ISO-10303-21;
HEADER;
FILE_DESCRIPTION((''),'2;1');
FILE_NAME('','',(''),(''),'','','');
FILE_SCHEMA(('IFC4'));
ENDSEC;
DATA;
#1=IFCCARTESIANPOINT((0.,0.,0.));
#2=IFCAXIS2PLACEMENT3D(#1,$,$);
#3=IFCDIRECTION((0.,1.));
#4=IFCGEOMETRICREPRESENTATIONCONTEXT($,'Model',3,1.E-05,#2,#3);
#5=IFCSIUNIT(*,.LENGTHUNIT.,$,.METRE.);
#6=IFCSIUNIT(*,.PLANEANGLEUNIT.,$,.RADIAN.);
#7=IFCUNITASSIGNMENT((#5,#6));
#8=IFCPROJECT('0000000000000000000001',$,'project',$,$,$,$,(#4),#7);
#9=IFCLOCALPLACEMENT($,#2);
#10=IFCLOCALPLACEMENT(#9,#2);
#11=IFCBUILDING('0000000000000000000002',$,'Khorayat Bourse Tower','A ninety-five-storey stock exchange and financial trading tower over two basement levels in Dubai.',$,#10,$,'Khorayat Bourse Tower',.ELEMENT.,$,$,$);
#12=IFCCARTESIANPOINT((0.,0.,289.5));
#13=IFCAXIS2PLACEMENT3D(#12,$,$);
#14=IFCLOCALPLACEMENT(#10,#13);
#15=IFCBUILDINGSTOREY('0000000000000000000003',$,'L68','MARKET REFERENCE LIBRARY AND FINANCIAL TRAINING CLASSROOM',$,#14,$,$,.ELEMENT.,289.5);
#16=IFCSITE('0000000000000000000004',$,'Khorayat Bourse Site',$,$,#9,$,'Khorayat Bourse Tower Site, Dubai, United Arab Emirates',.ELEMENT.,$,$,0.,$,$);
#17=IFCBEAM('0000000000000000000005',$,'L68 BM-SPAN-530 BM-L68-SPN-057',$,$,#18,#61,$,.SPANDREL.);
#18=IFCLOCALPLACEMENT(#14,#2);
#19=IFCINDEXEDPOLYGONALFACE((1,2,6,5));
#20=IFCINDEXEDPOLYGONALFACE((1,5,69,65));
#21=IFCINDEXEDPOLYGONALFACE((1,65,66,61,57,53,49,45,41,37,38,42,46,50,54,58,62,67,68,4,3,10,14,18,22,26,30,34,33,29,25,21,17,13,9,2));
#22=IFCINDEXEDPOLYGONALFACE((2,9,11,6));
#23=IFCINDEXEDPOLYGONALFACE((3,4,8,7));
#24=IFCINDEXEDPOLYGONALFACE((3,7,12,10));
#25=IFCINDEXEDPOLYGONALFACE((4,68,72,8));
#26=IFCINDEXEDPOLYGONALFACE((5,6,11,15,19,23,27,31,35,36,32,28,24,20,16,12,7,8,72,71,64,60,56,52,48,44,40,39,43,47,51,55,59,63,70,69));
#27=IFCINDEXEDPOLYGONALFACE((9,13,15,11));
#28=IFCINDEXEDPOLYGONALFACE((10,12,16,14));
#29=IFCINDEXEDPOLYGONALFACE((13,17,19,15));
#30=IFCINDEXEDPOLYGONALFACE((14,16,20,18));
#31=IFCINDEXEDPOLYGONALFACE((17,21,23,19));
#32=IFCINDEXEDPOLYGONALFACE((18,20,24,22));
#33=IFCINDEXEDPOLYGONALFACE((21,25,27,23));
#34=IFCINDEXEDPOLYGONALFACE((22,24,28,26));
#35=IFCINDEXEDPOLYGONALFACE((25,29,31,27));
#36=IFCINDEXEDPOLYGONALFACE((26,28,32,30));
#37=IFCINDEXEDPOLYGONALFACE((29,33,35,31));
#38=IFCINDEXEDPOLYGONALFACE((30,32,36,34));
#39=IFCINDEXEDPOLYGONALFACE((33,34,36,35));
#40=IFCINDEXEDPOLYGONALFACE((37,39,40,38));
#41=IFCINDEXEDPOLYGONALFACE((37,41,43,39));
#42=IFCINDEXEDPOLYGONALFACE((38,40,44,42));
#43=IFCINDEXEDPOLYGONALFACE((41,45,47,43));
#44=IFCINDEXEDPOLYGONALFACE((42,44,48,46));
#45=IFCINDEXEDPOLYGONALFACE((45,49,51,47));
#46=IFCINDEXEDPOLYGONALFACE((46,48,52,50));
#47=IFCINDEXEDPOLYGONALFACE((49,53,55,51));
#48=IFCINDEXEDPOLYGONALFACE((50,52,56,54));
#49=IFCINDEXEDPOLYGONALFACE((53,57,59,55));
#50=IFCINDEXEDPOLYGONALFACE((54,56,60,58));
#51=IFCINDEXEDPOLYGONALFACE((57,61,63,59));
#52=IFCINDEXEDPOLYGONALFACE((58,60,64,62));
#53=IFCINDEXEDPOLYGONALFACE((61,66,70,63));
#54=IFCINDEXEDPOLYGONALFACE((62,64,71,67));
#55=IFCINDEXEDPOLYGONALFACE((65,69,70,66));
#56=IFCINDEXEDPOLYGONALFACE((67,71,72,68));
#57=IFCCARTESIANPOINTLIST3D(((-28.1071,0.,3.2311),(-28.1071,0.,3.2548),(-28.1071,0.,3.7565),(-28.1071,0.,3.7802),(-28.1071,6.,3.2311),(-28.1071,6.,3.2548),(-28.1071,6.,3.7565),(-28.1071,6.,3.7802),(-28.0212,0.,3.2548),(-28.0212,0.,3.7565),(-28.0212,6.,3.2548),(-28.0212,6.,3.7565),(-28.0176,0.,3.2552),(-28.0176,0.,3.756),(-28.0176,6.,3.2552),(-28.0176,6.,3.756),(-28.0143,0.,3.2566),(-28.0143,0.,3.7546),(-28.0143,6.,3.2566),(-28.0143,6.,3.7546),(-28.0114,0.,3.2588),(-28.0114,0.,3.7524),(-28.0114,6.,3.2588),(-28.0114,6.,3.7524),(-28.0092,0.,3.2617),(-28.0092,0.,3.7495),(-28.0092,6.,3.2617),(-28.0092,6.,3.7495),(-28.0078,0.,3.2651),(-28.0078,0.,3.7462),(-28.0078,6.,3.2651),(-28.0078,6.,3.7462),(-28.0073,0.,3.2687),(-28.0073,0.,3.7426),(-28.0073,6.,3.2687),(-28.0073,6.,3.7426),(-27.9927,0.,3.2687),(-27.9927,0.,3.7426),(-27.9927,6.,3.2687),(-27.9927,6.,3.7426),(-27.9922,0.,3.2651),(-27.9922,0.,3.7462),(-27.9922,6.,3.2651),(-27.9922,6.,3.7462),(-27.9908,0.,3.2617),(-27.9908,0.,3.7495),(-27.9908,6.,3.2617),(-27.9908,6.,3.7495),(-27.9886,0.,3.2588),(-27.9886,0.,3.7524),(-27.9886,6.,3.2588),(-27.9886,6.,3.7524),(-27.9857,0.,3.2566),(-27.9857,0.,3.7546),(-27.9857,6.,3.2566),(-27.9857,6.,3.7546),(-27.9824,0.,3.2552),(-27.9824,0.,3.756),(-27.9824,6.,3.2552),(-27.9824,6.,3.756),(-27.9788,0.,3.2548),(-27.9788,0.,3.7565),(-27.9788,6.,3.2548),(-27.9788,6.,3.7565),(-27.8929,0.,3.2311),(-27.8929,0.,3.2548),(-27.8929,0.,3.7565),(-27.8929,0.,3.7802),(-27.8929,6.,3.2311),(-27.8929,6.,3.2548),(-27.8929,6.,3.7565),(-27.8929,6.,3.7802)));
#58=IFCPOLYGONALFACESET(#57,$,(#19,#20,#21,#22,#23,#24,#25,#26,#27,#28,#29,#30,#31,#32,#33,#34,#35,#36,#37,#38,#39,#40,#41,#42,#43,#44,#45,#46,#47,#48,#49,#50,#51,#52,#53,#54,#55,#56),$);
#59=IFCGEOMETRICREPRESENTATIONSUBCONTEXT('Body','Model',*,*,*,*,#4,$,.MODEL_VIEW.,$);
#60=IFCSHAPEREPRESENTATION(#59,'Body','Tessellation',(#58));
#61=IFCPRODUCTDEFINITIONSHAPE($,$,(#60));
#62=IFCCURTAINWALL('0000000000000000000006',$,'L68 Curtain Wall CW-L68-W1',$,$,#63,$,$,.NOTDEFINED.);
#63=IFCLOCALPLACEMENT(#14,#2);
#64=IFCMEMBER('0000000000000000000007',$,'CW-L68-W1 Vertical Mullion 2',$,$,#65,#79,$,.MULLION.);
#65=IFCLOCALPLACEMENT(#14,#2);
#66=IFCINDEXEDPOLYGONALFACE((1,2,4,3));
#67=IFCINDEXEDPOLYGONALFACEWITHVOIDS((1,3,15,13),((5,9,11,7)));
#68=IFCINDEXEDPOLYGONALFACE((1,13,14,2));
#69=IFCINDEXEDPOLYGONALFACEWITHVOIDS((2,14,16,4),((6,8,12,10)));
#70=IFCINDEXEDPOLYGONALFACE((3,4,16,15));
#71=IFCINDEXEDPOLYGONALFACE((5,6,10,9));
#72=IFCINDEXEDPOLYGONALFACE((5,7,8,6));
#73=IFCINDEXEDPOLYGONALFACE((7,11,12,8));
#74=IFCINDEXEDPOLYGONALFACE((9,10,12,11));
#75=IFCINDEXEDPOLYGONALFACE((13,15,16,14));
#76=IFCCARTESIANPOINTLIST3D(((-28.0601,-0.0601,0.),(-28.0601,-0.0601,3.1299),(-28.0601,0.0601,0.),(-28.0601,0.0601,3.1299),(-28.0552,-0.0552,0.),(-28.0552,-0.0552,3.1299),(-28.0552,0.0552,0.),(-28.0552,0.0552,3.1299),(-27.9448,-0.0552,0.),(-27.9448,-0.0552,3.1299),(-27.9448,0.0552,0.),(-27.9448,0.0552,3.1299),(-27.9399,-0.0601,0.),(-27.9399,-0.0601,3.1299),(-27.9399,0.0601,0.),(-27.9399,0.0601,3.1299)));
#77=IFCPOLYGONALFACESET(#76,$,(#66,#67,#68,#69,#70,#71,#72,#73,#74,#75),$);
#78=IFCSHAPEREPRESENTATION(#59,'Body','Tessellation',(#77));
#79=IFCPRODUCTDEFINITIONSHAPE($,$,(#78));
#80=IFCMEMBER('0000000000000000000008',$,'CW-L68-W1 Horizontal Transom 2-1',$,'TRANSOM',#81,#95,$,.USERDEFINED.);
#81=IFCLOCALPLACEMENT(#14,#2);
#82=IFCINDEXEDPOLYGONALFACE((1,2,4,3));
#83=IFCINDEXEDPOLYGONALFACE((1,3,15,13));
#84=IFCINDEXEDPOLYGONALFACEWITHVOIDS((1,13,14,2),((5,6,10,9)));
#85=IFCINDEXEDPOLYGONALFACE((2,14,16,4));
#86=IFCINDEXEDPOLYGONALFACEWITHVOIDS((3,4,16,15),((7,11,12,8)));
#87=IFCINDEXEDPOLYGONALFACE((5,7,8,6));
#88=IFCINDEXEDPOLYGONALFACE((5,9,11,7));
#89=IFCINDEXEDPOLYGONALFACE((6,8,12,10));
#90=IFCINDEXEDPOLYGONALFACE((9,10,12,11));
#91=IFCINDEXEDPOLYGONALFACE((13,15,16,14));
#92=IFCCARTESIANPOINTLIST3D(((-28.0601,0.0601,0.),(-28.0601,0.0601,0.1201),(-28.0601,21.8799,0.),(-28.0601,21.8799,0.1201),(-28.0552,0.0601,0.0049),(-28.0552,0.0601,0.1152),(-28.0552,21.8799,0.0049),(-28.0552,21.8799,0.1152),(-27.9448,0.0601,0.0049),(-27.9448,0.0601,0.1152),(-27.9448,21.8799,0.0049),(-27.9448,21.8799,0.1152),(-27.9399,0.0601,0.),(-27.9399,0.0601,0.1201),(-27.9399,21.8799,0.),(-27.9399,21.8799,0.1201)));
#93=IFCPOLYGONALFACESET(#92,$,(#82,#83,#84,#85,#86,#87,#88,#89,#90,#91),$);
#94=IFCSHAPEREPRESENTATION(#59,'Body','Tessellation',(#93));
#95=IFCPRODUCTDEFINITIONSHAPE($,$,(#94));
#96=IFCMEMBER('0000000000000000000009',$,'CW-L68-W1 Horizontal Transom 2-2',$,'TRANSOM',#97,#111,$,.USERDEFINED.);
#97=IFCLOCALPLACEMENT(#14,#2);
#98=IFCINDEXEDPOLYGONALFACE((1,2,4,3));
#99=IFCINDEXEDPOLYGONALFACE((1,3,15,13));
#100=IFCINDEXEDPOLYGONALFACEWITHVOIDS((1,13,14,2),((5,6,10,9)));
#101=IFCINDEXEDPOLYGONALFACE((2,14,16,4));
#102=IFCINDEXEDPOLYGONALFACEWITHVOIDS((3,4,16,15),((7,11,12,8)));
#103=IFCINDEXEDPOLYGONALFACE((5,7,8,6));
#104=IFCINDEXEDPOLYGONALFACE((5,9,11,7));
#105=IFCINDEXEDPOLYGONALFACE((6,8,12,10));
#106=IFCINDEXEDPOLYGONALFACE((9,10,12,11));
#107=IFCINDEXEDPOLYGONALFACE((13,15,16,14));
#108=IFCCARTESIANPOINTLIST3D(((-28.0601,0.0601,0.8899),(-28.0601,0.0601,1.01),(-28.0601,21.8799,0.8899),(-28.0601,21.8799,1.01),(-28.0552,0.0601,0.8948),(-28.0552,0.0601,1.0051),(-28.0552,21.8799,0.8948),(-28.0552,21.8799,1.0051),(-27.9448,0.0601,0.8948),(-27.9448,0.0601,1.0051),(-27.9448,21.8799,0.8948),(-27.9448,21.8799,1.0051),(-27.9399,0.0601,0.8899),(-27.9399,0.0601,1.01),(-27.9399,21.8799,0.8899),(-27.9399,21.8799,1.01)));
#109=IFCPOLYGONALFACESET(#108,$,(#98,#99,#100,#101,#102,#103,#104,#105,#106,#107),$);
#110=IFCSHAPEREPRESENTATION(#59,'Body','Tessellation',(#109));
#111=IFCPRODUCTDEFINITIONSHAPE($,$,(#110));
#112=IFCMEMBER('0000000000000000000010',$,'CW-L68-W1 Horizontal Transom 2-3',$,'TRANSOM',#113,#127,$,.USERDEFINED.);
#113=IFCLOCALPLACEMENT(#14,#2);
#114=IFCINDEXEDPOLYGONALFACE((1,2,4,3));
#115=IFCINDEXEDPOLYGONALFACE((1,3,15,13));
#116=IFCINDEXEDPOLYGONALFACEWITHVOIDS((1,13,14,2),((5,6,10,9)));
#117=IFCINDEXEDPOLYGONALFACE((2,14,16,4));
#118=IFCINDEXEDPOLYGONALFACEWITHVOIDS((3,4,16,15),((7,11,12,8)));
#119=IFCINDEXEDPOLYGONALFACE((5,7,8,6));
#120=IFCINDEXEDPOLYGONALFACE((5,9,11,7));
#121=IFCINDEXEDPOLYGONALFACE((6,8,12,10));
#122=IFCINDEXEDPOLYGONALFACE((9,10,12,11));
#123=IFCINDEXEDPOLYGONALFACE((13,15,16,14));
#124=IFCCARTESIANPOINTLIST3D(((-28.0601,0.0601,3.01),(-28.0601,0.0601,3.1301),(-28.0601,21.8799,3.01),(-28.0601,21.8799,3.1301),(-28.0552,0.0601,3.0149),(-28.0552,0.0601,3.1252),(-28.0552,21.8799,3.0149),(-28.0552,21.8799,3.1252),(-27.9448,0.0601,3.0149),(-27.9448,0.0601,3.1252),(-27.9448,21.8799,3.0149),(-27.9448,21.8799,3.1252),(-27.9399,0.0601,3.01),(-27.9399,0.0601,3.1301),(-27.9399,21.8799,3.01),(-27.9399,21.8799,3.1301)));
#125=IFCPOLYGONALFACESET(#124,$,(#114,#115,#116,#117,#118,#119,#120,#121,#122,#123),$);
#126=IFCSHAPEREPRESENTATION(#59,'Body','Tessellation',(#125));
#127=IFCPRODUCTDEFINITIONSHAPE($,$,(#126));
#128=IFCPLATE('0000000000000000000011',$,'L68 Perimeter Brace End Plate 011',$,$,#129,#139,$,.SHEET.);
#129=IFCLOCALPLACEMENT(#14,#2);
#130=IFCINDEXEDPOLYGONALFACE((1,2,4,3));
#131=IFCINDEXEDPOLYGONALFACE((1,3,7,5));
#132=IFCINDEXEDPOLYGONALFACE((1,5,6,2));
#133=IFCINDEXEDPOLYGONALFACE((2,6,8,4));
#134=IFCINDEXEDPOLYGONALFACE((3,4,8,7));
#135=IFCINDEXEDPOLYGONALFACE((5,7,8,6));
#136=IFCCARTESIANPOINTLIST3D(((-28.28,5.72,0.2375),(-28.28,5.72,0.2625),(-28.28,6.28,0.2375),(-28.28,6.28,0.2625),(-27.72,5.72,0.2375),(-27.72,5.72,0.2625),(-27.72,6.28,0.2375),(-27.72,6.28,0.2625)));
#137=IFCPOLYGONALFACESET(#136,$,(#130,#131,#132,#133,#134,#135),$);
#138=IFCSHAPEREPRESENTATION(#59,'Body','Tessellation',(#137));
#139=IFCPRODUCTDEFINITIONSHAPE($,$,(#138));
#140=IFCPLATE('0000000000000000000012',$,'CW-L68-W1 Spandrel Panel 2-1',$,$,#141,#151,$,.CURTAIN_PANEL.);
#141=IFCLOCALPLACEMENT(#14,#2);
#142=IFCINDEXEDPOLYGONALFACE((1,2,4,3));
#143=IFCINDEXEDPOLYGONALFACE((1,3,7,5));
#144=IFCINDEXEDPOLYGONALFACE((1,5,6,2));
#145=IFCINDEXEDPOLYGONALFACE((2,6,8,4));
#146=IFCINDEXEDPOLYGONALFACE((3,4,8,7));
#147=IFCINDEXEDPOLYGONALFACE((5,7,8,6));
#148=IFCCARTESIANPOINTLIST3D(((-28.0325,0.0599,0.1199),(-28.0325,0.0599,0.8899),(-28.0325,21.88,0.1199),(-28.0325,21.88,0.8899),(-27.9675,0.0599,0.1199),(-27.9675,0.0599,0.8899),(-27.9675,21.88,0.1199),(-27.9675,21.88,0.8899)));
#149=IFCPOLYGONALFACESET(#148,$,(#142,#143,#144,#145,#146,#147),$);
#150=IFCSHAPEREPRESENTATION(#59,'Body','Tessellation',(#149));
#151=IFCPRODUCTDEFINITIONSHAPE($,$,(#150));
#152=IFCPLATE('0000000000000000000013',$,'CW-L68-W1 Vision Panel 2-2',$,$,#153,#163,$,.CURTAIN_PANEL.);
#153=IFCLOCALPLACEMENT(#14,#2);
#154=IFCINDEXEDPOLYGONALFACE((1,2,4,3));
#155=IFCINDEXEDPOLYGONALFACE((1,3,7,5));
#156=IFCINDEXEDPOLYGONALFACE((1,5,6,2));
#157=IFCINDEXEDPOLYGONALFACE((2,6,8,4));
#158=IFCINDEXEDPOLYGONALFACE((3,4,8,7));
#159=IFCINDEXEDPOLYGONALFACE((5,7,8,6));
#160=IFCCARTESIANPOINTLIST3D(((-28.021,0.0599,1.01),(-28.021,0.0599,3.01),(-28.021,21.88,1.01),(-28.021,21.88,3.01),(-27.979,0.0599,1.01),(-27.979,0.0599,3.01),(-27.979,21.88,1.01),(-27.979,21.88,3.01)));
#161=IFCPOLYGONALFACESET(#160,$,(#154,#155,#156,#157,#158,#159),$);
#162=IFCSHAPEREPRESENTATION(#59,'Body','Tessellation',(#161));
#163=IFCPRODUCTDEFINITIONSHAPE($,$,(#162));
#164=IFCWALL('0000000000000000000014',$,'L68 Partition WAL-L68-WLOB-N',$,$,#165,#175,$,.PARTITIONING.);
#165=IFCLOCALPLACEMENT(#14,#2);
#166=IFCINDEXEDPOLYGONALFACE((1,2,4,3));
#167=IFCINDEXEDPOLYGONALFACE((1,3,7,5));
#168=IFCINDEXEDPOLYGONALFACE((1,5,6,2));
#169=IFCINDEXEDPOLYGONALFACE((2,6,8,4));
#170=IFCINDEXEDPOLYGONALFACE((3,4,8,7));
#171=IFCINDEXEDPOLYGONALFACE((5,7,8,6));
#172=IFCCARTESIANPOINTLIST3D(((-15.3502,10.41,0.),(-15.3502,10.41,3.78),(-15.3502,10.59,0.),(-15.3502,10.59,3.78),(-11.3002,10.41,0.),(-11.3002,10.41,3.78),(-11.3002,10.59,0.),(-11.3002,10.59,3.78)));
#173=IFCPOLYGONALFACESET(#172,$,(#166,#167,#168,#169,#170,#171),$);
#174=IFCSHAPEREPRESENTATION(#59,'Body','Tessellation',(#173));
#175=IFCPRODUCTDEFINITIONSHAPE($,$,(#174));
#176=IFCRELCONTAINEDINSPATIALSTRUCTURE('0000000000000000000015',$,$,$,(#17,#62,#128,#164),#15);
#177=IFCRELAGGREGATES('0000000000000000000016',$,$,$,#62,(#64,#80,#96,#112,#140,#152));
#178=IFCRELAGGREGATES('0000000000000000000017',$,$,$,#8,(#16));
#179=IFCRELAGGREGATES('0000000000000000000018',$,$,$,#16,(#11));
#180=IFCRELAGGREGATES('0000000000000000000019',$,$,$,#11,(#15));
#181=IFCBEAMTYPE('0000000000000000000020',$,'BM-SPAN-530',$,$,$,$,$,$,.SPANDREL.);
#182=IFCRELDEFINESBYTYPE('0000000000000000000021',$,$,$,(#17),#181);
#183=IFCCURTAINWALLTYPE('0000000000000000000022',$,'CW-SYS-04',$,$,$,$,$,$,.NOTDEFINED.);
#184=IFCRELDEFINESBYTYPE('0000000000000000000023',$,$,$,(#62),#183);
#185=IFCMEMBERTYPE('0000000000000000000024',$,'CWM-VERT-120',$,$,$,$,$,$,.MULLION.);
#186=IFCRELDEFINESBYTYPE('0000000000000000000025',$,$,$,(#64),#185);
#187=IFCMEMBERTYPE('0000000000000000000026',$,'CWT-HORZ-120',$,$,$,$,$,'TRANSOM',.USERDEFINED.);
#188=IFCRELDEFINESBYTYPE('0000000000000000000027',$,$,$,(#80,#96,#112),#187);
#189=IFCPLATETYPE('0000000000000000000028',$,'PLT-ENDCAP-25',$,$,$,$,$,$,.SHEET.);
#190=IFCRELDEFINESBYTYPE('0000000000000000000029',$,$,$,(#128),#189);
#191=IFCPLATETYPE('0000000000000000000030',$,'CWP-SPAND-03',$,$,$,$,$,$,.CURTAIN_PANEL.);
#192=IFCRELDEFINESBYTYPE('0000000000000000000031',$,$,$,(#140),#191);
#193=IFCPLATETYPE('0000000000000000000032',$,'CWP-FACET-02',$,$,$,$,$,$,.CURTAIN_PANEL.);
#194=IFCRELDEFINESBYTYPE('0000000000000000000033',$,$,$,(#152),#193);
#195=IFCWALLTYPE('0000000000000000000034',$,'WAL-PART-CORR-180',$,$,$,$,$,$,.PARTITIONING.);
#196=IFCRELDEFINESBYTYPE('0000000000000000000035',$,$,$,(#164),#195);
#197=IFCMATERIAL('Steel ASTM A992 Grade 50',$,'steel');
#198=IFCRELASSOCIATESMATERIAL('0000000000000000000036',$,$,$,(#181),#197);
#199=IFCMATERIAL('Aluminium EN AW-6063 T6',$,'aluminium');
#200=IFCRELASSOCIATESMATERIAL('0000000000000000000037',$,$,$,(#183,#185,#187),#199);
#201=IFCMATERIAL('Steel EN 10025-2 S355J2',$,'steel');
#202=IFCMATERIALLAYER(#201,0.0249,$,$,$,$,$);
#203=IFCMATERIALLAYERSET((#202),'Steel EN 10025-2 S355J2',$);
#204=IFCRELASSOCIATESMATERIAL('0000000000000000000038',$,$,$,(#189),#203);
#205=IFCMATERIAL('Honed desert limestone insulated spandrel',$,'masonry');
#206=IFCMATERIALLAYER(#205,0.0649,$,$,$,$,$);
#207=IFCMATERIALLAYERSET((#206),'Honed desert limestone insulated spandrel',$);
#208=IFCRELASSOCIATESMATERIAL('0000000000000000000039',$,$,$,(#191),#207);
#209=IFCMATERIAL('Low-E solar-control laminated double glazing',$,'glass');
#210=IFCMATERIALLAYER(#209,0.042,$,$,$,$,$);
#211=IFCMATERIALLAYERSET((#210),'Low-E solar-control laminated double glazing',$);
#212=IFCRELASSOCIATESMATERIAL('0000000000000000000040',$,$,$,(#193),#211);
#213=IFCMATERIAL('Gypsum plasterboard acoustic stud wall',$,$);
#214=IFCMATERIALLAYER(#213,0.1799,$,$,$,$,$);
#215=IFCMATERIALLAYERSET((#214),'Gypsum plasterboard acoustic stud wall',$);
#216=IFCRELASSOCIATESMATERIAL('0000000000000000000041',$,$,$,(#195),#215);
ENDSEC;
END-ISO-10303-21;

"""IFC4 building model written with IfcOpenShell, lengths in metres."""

from ifc_helpers import new_model, si_unit, direction, frame, frame_2d, origin, origin_2d, place, context, subcontext, project, spatial, rectangle, hollow_rectangle, i_section, extrude, source, transform, mapped, material, layer, layer_set, material_profile, profile_set, type_object, element, aggregate, save


model = new_model("IFC4")

# Units and contexts
model_context = context("Model", 3, precision=1e-05, world=origin(), true_north=direction((0.0, 1.0)))
body_context = subcontext(model_context, "Body", "Model", "MODEL_VIEW")
ifc_project = project(units=[si_unit("LENGTHUNIT", "METRE"), si_unit("PLANEANGLEUNIT", "RADIAN")], contexts=[model_context])

# Site, building, storey
site_placement = place(None, origin())
site = spatial("IfcSite", under=ifc_project, at=site_placement, Name="Khorayat Bourse Site", LongName="Khorayat Bourse Tower Site, Dubai, United Arab Emirates", CompositionType="ELEMENT", RefElevation=0.0)
building_placement = place(site_placement, origin())
building = spatial("IfcBuilding", under=site, at=building_placement, Name="Khorayat Bourse Tower", Description="A ninety-five-storey stock exchange and financial trading tower over two basement levels in Dubai.", LongName="Khorayat Bourse Tower", CompositionType="ELEMENT")
storey_placement = place(building_placement, frame((0.0, 0.0, 289.5)))
storey = spatial("IfcBuildingStorey", under=building, at=storey_placement, Name="L68", Description="MARKET REFERENCE LIBRARY AND FINANCIAL TRAINING CLASSROOM", CompositionType="ELEMENT", Elevation=289.5)

# Beam
ifc_material_1 = material(Name="Steel ASTM A992 Grade 50", Category="steel")
ifc_material_profile_1 = material_profile(ifc_material_1, i_section(OverallWidth=0.2141, OverallDepth=0.5491, WebThickness=0.0146, FlangeThickness=0.0237, FilletRadius=0.0139, at=origin_2d()), Name="W530X138")
ifc_profile_set_1 = profile_set([ifc_material_profile_1], Name="Steel ASTM A992 Grade 50")
beam_type_1 = type_object("IfcBeamType", Name="BM-SPAN-530", PredefinedType="SPANDREL", material=ifc_profile_set_1)
shared_shape_1 = source(origin(), body_context, "Body", "SweptSolid", [
    extrude(i_section(OverallWidth=0.2141, OverallDepth=0.5491, WebThickness=0.0146, FlangeThickness=0.0237, FilletRadius=0.0139, at=origin_2d()), origin(), (0.0, 0.0, 1.0), 6.0),
])
beam_1_placement = place(storey_placement, frame((-28.0, 0.0, 3.5056), z_axis=(0.0, 1.0, 0.0), x_axis=(-1.0, 0.0, 0.0)))
element("IfcBeam", 1, at=beam_1_placement, inside=storey, type_object=beam_type_1, Name="L68 BM-SPAN-530 BM-L68-SPN-057", PredefinedType="SPANDREL", context=body_context, shape_type="MappedRepresentation", body=[
    mapped(shared_shape_1, transform((0.0, 0.0, 0.0), scale=1.0)),
])

# Curtain wall, members
ifc_material_2 = material(Name="Aluminium EN AW-6063 T6", Category="aluminium")
curtain_wall_type = type_object("IfcCurtainWallType", Name="CW-SYS-04", PredefinedType="NOTDEFINED", material=ifc_material_2)
curtain_wall_placement = place(storey_placement, origin())
curtain_wall = element("IfcCurtainWall", 2, at=curtain_wall_placement, inside=storey, type_object=curtain_wall_type, Name="L68 Curtain Wall CW-L68-W1", PredefinedType="NOTDEFINED")
ifc_material_profile_2 = material_profile(ifc_material_2, hollow_rectangle(XDim=0.1201, YDim=0.1201, WallThickness=0.0049, at=origin_2d()), Name="ALU 120x120x5")
ifc_profile_set_2 = profile_set([ifc_material_profile_2], Name="Aluminium EN AW-6063 T6")
member_type_1 = type_object("IfcMemberType", Name="CWM-VERT-120", PredefinedType="MULLION", material=ifc_profile_set_2)
shared_shape_2 = source(origin(), body_context, "Body", "SweptSolid", [
    extrude(hollow_rectangle(XDim=0.1201, YDim=0.1201, WallThickness=0.0049, at=origin_2d()), origin(), (0.0, 0.0, 1.0), 3.1299),
])
member_1_placement = place(storey_placement, frame((-28.0, 0.0, 0.0), z_axis=(0.0, 0.0, 1.0), x_axis=(-1.0, 0.0, 0.0)))
member_1 = element("IfcMember", 3, at=member_1_placement, type_object=member_type_1, Name="CW-L68-W1 Vertical Mullion 2", PredefinedType="MULLION", context=body_context, shape_type="MappedRepresentation", body=[
    mapped(shared_shape_2, transform((0.0, 0.0, 0.0), scale=1.0)),
])
ifc_material_profile_3 = material_profile(ifc_material_2, hollow_rectangle(XDim=0.1201, YDim=0.1201, WallThickness=0.0049, at=origin_2d()), Name="ALU 120x120x5")
ifc_profile_set_3 = profile_set([ifc_material_profile_3], Name="Aluminium EN AW-6063 T6")
member_type_2 = type_object("IfcMemberType", Name="CWT-HORZ-120", ElementType="TRANSOM", PredefinedType="USERDEFINED", material=ifc_profile_set_3)
shared_shape_3 = source(origin(), body_context, "Body", "SweptSolid", [
    extrude(hollow_rectangle(XDim=0.1201, YDim=0.1201, WallThickness=0.0049, at=origin_2d()), origin(), (0.0, 0.0, 1.0), 21.8198),
])
member_2_placement = place(storey_placement, frame((-28.0, 0.0601, 0.0601), z_axis=(0.0, 1.0, 0.0), x_axis=(-1.0, 0.0, 0.0)))
member_2 = element("IfcMember", 4, at=member_2_placement, type_object=member_type_2, Name="CW-L68-W1 Horizontal Transom 2-1", ObjectType="TRANSOM", PredefinedType="USERDEFINED", context=body_context, shape_type="MappedRepresentation", body=[
    mapped(shared_shape_3, transform((0.0, 0.0, 0.0), scale=1.0)),
])
member_3_placement = place(storey_placement, frame((-28.0, 0.0601, 0.95), z_axis=(0.0, 1.0, 0.0), x_axis=(-1.0, 0.0, 0.0)))
member_3 = element("IfcMember", 5, at=member_3_placement, type_object=member_type_2, Name="CW-L68-W1 Horizontal Transom 2-2", ObjectType="TRANSOM", PredefinedType="USERDEFINED", context=body_context, shape_type="MappedRepresentation", body=[
    mapped(shared_shape_3, transform((0.0, 0.0, 0.0), scale=1.0)),
])
member_4_placement = place(storey_placement, frame((-28.0, 0.0601, 3.0701), z_axis=(0.0, 1.0, 0.0), x_axis=(-1.0, 0.0, 0.0)))
member_4 = element("IfcMember", 6, at=member_4_placement, type_object=member_type_2, Name="CW-L68-W1 Horizontal Transom 2-3", ObjectType="TRANSOM", PredefinedType="USERDEFINED", context=body_context, shape_type="MappedRepresentation", body=[
    mapped(shared_shape_3, transform((0.0, 0.0, 0.0), scale=1.0)),
])

# Plates
ifc_material_3 = material(Name="Steel EN 10025-2 S355J2", Category="steel")
ifc_layer_1 = layer(ifc_material_3, 0.0249)
ifc_layer_set_1 = layer_set([ifc_layer_1], Name="Steel EN 10025-2 S355J2")
plate_type_1 = type_object("IfcPlateType", Name="PLT-ENDCAP-25", PredefinedType="SHEET", material=ifc_layer_set_1)
shared_shape_4 = source(origin(), body_context, "Body", "SweptSolid", [
    extrude(rectangle(XDim=0.5601, YDim=0.5601, at=origin_2d()), origin(), (0.0, 0.0, 1.0), 0.0249),
])
plate_1_placement = place(storey_placement, frame((-28.0, 6.0, 0.2375), z_axis=(0.0, 0.0, 1.0), x_axis=(1.0, 0.0, 0.0)))
element("IfcPlate", 7, at=plate_1_placement, inside=storey, type_object=plate_type_1, Name="L68 Perimeter Brace End Plate 011", PredefinedType="SHEET", context=body_context, shape_type="MappedRepresentation", body=[
    mapped(shared_shape_4, transform((0.0, 0.0, 0.0), scale=1.0)),
])
ifc_material_4 = material(Name="Honed desert limestone insulated spandrel", Category="masonry")
ifc_layer_2 = layer(ifc_material_4, 0.0649)
ifc_layer_set_2 = layer_set([ifc_layer_2], Name="Honed desert limestone insulated spandrel")
plate_type_2 = type_object("IfcPlateType", Name="CWP-SPAND-03", PredefinedType="CURTAIN_PANEL", material=ifc_layer_set_2)
shared_shape_5 = source(origin(), body_context, "Body", "SweptSolid", [
    extrude(rectangle(XDim=21.8201, YDim=0.0649, at=origin_2d()), origin(), (0.0, 0.0, 1.0), 0.77),
])
plate_2_placement = place(storey_placement, frame((-28.0, 10.97, 0.1199), z_axis=(0.0, 0.0, 1.0), x_axis=(0.0, 1.0, 0.0)))
plate_2 = element("IfcPlate", 8, at=plate_2_placement, type_object=plate_type_2, Name="CW-L68-W1 Spandrel Panel 2-1", PredefinedType="CURTAIN_PANEL", context=body_context, shape_type="MappedRepresentation", body=[
    mapped(shared_shape_5, transform((0.0, 0.0, 0.0), scale=1.0)),
])
ifc_material_5 = material(Name="Low-E solar-control laminated double glazing", Category="glass")
ifc_layer_3 = layer(ifc_material_5, 0.042)
ifc_layer_set_3 = layer_set([ifc_layer_3], Name="Low-E solar-control laminated double glazing")
plate_type_3 = type_object("IfcPlateType", Name="CWP-FACET-02", PredefinedType="CURTAIN_PANEL", material=ifc_layer_set_3)
shared_shape_6 = source(origin(), body_context, "Body", "SweptSolid", [
    extrude(rectangle(XDim=21.8201, YDim=0.042, at=origin_2d()), origin(), (0.0, 0.0, 1.0), 2.0),
])
plate_3_placement = place(storey_placement, frame((-28.0, 10.97, 1.01), z_axis=(0.0, 0.0, 1.0), x_axis=(0.0, 1.0, 0.0)))
plate_3 = element("IfcPlate", 9, at=plate_3_placement, type_object=plate_type_3, Name="CW-L68-W1 Vision Panel 2-2", PredefinedType="CURTAIN_PANEL", context=body_context, shape_type="MappedRepresentation", body=[
    mapped(shared_shape_6, transform((0.0, 0.0, 0.0), scale=1.0)),
])
aggregate(curtain_wall, [member_1, member_2, member_3, member_4, plate_2, plate_3])

# Wall
ifc_material_6 = material(Name="Gypsum plasterboard acoustic stud wall")
ifc_layer_4 = layer(ifc_material_6, 0.1799)
ifc_layer_set_4 = layer_set([ifc_layer_4], Name="Gypsum plasterboard acoustic stud wall")
wall_type_1 = type_object("IfcWallType", Name="WAL-PART-CORR-180", PredefinedType="PARTITIONING", material=ifc_layer_set_4)
shared_shape_7 = source(origin(), body_context, "Body", "SweptSolid", [
    extrude(rectangle(XDim=4.05, YDim=0.1799, at=frame_2d((2.0249, 0.0))), origin(), (0.0, 0.0, 1.0), 3.78),
])
wall_1_placement = place(storey_placement, frame((-15.3501, 10.5, 0.0), z_axis=(0.0, 0.0, 1.0), x_axis=(1.0, 0.0, 0.0)))
element("IfcWall", 10, at=wall_1_placement, inside=storey, type_object=wall_type_1, Name="L68 Partition WAL-L68-WLOB-N", PredefinedType="PARTITIONING", context=body_context, shape_type="MappedRepresentation", body=[
    mapped(shared_shape_7, transform((0.0, 0.0, 0.0), scale=1.0)),
])

save(model, "model.ifc")
